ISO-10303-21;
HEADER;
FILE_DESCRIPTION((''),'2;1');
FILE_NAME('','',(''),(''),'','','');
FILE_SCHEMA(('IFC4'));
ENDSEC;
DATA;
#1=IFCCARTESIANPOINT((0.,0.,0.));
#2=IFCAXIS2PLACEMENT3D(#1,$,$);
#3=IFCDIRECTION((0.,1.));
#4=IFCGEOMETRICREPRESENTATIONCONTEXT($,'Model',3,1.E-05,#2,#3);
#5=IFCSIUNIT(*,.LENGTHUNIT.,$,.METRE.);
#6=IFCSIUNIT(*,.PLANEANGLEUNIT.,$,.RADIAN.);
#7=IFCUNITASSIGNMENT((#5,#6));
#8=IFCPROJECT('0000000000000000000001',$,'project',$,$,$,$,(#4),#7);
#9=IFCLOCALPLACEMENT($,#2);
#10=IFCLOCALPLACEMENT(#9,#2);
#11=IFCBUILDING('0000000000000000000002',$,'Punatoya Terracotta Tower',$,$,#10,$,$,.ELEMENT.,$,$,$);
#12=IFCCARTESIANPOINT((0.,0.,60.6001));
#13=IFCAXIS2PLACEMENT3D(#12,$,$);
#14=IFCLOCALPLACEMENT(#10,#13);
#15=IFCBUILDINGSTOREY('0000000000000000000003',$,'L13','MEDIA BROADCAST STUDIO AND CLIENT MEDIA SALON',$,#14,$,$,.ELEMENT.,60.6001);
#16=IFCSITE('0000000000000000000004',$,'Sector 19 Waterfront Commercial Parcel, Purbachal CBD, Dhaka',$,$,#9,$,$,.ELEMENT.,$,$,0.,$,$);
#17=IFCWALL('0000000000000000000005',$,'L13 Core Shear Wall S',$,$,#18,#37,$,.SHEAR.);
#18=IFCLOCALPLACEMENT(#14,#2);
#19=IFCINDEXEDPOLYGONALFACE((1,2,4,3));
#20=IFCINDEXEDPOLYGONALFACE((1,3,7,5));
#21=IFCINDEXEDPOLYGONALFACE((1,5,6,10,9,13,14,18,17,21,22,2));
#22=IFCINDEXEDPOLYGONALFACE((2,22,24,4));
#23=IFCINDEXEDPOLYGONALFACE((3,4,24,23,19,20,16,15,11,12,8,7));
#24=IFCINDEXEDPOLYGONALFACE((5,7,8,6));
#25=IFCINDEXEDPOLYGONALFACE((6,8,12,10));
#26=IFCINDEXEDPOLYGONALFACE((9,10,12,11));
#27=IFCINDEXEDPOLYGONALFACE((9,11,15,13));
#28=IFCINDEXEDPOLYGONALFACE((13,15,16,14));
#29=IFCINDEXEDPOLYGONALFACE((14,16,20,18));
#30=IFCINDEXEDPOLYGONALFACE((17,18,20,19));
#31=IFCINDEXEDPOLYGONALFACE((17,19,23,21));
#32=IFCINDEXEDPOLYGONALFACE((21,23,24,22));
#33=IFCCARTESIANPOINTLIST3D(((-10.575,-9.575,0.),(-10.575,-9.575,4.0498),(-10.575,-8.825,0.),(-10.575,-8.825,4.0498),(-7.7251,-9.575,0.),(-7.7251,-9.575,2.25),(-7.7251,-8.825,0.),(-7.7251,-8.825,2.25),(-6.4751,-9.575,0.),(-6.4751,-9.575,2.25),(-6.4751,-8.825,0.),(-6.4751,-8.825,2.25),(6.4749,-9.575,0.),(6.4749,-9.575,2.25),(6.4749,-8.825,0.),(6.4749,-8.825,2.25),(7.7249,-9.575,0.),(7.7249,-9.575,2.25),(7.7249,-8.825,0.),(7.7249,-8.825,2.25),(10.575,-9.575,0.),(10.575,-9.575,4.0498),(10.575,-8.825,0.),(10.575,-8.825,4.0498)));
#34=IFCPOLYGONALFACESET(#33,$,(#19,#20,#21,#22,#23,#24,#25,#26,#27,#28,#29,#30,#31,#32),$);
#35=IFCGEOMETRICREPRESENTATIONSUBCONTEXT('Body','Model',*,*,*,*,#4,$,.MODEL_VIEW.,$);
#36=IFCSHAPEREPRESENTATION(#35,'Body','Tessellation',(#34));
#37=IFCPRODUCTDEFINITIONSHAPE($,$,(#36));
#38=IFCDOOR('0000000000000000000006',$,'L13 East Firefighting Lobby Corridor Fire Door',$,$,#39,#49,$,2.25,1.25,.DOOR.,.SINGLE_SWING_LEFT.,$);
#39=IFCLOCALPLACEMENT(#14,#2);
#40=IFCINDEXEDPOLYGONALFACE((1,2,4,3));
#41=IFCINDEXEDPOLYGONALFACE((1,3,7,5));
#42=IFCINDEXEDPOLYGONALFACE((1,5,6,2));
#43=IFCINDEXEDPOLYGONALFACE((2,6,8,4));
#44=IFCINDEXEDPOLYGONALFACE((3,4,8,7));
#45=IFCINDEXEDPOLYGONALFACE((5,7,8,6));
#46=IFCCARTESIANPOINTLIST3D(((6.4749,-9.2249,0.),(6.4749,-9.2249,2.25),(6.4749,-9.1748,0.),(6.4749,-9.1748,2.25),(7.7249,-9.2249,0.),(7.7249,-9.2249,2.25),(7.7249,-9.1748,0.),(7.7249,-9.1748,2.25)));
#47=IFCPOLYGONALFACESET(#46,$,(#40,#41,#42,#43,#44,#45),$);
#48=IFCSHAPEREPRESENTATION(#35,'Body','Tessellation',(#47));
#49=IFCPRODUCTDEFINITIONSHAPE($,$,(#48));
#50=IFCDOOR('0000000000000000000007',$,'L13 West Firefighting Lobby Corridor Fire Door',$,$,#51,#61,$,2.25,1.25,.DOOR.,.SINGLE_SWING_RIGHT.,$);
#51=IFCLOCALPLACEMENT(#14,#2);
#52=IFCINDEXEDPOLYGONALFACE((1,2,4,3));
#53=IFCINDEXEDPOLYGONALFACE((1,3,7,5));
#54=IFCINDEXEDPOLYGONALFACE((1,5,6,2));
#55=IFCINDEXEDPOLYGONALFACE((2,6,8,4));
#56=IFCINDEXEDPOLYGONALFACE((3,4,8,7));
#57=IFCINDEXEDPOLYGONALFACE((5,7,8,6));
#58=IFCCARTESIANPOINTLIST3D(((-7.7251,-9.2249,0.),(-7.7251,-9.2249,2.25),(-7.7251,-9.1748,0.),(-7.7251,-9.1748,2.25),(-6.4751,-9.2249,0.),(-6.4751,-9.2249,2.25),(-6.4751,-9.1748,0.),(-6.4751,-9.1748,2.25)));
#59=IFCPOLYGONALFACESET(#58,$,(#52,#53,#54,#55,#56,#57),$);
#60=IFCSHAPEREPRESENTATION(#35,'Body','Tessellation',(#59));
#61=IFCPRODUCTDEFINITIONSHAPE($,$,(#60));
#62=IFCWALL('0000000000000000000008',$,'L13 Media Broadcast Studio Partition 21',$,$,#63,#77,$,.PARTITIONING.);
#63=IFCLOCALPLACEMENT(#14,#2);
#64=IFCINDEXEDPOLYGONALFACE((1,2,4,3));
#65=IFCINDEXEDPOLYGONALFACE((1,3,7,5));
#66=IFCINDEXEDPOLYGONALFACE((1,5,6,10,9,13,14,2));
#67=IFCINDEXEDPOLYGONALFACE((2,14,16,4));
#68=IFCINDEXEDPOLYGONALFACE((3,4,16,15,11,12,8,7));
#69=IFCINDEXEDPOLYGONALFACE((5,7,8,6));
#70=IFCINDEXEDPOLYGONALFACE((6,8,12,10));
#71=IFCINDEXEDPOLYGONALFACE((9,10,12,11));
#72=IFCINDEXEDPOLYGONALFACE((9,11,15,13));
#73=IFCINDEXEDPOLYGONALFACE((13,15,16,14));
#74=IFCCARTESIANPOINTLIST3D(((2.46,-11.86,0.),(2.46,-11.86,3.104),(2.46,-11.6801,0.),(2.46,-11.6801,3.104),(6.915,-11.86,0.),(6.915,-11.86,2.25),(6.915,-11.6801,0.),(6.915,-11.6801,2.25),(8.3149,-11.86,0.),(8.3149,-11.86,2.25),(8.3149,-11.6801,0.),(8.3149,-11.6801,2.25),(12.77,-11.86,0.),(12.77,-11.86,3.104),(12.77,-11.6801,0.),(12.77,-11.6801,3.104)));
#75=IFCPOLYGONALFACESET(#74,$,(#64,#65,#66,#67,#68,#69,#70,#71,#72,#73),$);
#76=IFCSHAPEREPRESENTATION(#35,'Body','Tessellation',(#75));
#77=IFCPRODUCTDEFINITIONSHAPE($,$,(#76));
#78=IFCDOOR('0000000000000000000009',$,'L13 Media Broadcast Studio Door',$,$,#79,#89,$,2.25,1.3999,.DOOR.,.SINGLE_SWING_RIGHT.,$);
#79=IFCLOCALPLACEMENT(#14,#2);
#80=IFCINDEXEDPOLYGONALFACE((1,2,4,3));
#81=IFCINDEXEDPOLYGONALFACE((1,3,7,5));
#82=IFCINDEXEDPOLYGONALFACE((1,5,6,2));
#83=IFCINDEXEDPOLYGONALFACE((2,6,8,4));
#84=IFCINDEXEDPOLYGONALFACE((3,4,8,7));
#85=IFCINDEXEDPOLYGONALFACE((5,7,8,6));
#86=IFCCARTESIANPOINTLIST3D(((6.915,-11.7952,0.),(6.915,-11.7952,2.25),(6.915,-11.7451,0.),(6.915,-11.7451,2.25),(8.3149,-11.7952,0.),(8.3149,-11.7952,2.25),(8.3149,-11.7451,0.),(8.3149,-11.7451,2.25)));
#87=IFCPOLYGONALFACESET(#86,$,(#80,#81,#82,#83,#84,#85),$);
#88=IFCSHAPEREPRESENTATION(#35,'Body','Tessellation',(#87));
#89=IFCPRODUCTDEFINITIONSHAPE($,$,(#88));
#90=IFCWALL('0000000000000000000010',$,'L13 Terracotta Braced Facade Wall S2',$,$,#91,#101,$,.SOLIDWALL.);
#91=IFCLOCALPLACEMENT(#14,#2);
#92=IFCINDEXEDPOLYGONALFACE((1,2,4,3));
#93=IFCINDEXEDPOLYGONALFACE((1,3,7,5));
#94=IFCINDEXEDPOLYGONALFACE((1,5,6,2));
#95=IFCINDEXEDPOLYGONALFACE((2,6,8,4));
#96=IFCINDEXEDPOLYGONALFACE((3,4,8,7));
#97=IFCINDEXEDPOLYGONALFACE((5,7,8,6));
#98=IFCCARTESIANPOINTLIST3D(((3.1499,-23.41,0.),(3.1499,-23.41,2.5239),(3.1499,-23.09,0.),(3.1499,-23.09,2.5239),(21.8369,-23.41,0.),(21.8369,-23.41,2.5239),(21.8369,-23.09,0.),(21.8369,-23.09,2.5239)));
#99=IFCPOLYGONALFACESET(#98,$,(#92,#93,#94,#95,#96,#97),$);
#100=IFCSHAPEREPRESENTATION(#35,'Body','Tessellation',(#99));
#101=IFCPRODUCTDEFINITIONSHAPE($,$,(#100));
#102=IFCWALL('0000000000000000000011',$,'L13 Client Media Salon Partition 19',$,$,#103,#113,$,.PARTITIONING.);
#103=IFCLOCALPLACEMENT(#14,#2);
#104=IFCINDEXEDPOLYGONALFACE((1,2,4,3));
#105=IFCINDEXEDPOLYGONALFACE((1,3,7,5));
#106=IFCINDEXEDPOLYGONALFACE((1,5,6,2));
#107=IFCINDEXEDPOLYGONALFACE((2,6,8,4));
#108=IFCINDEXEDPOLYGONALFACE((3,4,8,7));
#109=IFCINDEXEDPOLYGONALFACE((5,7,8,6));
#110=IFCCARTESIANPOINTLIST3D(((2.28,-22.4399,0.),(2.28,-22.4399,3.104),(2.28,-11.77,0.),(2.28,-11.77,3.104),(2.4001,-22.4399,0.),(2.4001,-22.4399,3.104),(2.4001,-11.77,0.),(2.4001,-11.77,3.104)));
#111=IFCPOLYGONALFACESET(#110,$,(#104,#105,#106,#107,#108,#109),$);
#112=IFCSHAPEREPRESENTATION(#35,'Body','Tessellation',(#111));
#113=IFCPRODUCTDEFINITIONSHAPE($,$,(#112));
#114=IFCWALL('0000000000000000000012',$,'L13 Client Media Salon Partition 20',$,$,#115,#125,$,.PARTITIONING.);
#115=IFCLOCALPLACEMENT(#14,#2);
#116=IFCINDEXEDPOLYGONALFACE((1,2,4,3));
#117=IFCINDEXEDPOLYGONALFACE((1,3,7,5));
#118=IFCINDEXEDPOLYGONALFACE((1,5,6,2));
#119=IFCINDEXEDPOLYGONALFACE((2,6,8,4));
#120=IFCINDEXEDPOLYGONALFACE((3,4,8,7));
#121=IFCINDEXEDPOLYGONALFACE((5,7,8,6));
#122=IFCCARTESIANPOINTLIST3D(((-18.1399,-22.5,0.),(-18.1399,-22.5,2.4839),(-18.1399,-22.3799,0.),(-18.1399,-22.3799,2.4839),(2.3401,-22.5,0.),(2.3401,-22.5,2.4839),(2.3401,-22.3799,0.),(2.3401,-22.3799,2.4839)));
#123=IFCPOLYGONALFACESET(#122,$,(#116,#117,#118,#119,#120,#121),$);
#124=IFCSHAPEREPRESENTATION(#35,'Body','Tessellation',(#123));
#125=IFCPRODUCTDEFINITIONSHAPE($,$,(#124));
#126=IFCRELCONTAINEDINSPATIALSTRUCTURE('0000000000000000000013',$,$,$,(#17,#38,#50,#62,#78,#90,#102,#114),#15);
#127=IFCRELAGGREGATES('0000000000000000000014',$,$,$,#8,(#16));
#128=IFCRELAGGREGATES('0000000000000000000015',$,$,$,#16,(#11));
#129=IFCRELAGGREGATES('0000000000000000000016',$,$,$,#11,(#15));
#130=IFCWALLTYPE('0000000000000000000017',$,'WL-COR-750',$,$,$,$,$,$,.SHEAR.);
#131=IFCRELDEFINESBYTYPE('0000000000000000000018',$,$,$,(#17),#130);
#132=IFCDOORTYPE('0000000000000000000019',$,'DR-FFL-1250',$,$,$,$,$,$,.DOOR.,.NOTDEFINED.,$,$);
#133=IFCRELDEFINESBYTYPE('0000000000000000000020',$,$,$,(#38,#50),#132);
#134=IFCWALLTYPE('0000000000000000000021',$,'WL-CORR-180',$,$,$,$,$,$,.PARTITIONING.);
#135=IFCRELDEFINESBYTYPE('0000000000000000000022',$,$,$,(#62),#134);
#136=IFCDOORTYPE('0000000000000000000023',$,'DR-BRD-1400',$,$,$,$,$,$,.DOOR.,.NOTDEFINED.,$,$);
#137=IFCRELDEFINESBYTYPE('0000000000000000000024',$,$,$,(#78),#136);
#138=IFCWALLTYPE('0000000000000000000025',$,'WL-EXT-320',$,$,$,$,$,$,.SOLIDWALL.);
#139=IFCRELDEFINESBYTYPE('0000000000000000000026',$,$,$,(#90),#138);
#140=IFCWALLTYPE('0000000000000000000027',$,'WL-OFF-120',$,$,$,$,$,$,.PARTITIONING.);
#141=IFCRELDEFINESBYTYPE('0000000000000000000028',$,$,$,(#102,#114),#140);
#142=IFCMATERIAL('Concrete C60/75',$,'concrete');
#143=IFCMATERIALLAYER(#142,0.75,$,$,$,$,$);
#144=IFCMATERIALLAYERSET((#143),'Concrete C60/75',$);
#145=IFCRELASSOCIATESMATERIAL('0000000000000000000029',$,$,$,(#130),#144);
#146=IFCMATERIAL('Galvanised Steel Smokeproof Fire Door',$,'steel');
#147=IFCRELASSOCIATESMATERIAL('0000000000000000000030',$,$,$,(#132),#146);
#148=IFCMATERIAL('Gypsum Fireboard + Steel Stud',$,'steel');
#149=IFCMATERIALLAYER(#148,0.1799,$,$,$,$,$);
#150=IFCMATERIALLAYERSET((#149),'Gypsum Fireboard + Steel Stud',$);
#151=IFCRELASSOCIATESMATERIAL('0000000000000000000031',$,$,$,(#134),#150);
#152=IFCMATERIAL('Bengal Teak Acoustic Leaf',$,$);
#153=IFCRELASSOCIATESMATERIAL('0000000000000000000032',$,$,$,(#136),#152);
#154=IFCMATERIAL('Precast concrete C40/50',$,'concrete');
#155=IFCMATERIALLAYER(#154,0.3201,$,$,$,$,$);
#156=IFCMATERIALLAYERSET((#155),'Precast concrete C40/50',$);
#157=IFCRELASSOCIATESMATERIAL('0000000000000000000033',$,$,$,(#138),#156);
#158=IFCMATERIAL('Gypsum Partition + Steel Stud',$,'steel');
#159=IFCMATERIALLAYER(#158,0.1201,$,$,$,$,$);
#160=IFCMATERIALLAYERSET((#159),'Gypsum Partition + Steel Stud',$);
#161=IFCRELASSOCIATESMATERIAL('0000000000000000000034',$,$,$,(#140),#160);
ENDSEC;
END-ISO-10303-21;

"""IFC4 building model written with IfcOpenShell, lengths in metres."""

from ifc_helpers import new_model, si_unit, direction, frame, frame_2d, origin, place, context, subcontext, project, spatial, rectangle, extrude, material, layer, layer_set, type_object, element, fill, save


model = new_model("IFC4")

# Units and contexts
model_context = context("Model", 3, precision=1e-05, world=origin(), true_north=direction((0.0, 1.0)))
body_context = subcontext(model_context, "Body", "Model", "MODEL_VIEW")
ifc_project = project(units=[si_unit("LENGTHUNIT", "METRE"), si_unit("PLANEANGLEUNIT", "RADIAN")], contexts=[model_context])

# Site, building, storey
site_placement = place(None, origin())
site = spatial("IfcSite", under=ifc_project, at=site_placement, Name="Sector 19 Waterfront Commercial Parcel, Purbachal CBD, Dhaka", CompositionType="ELEMENT", RefElevation=0.0)
building_placement = place(site_placement, origin())
building = spatial("IfcBuilding", under=site, at=building_placement, Name="Punatoya Terracotta Tower", CompositionType="ELEMENT")
storey_placement = place(building_placement, frame((0.0, 0.0, 60.6001)))
storey = spatial("IfcBuildingStorey", under=building, at=storey_placement, Name="L13", Description="MEDIA BROADCAST STUDIO AND CLIENT MEDIA SALON", CompositionType="ELEMENT", Elevation=60.6001)

# Wall, openings, doors
ifc_material_1 = material(Name="Concrete C60/75", Category="concrete")
ifc_layer_1 = layer(ifc_material_1, 0.75)
ifc_layer_set_1 = layer_set([ifc_layer_1], Name="Concrete C60/75")
wall_type_1 = type_object("IfcWallType", Name="WL-COR-750", PredefinedType="SHEAR", material=ifc_layer_set_1)
wall_1_placement = place(storey_placement, frame((10.575, -9.2, 0.0), z_axis=(0.0, 0.0, 1.0), x_axis=(-1.0, 0.0, 0.0)))
wall_1 = element("IfcWall", 1, at=wall_1_placement, inside=storey, type_object=wall_type_1, Name="L13 Core Shear Wall S", PredefinedType="SHEAR", context=body_context, shape_type="SweptSolid", body=[
    extrude(rectangle(XDim=21.1499, YDim=0.75, at=frame_2d((10.575, 0.0))), origin(), (0.0, 0.0, 1.0), 4.0498),
])
opening_1_placement = place(wall_1_placement, frame((2.8501, 0.0, 0.0)))
opening_1 = element("IfcOpeningElement", 2, at=opening_1_placement, cuts=wall_1, PredefinedType="OPENING", context=body_context, shape_type="SweptSolid", body=[
    extrude(rectangle(XDim=1.25, YDim=2.25, at=frame_2d((0.625, 1.125))), frame((0.0, 0.385, 0.0), z_axis=(0.0, -1.0, 0.0), x_axis=(1.0, 0.0, 0.0)), (0.0, 0.0, 1.0), 0.77),
])
opening_2_placement = place(wall_1_placement, frame((17.05, 0.0, 0.0)))
opening_2 = element("IfcOpeningElement", 3, at=opening_2_placement, cuts=wall_1, PredefinedType="OPENING", context=body_context, shape_type="SweptSolid", body=[
    extrude(rectangle(XDim=1.25, YDim=2.25, at=frame_2d((0.625, 1.125))), frame((0.0, 0.385, 0.0), z_axis=(0.0, -1.0, 0.0), x_axis=(1.0, 0.0, 0.0)), (0.0, 0.0, 1.0), 0.77),
])
ifc_material_2 = material(Name="Galvanised Steel Smokeproof Fire Door", Category="steel")
door_type_1 = type_object("IfcDoorType", Name="DR-FFL-1250", OperationType="NOTDEFINED", PredefinedType="DOOR", material=ifc_material_2)
door_1_placement = place(opening_1_placement, origin())
door_1 = element("IfcDoor", 4, at=door_1_placement, inside=storey, type_object=door_type_1, Name="L13 East Firefighting Lobby Corridor Fire Door", OperationType="SINGLE_SWING_LEFT", OverallHeight=2.25, OverallWidth=1.25, PredefinedType="DOOR", context=body_context, shape_type="SweptSolid", body=[
    extrude(rectangle(XDim=1.25, YDim=2.25, at=frame_2d((0.625, 1.125))), frame((0.0, 0.0249, 0.0), z_axis=(0.0, -1.0, 0.0), x_axis=(1.0, 0.0, 0.0)), (0.0, 0.0, 1.0), 0.05),
])
fill(opening_1, door_1)
door_2_placement = place(opening_2_placement, origin())
door_2 = element("IfcDoor", 5, at=door_2_placement, inside=storey, type_object=door_type_1, Name="L13 West Firefighting Lobby Corridor Fire Door", OperationType="SINGLE_SWING_RIGHT", OverallHeight=2.25, OverallWidth=1.25, PredefinedType="DOOR", context=body_context, shape_type="SweptSolid", body=[
    extrude(rectangle(XDim=1.25, YDim=2.25, at=frame_2d((0.625, 1.125))), frame((0.0, 0.0249, 0.0), z_axis=(0.0, -1.0, 0.0), x_axis=(1.0, 0.0, 0.0)), (0.0, 0.0, 1.0), 0.05),
])
fill(opening_2, door_2)

# Wall, opening, door
ifc_material_3 = material(Name="Gypsum Fireboard + Steel Stud", Category="steel")
ifc_layer_2 = layer(ifc_material_3, 0.1799)
ifc_layer_set_2 = layer_set([ifc_layer_2], Name="Gypsum Fireboard + Steel Stud")
wall_type_2 = type_object("IfcWallType", Name="WL-CORR-180", PredefinedType="PARTITIONING", material=ifc_layer_set_2)
wall_2_placement = place(storey_placement, frame((2.46, -11.77, 0.0), z_axis=(0.0, 0.0, 1.0), x_axis=(1.0, 0.0, 0.0)))
wall_2 = element("IfcWall", 6, at=wall_2_placement, inside=storey, type_object=wall_type_2, Name="L13 Media Broadcast Studio Partition 21", PredefinedType="PARTITIONING", context=body_context, shape_type="SweptSolid", body=[
    extrude(rectangle(XDim=10.3101, YDim=0.1799, at=frame_2d((5.155, 0.0))), origin(), (0.0, 0.0, 1.0), 3.104),
])
opening_3_placement = place(wall_2_placement, frame((4.4551, 0.0, 0.0)))
opening_3 = element("IfcOpeningElement", 7, at=opening_3_placement, cuts=wall_2, PredefinedType="OPENING", context=body_context, shape_type="SweptSolid", body=[
    extrude(rectangle(XDim=1.3999, YDim=2.25, at=frame_2d((0.7, 1.125))), frame((0.0, 0.0999, 0.0), z_axis=(0.0, -1.0, 0.0), x_axis=(1.0, 0.0, 0.0)), (0.0, 0.0, 1.0), 0.2),
])
ifc_material_4 = material(Name="Bengal Teak Acoustic Leaf")
door_type_2 = type_object("IfcDoorType", Name="DR-BRD-1400", OperationType="NOTDEFINED", PredefinedType="DOOR", material=ifc_material_4)
door_3_placement = place(opening_3_placement, origin())
door_3 = element("IfcDoor", 8, at=door_3_placement, inside=storey, type_object=door_type_2, Name="L13 Media Broadcast Studio Door", OperationType="SINGLE_SWING_RIGHT", OverallHeight=2.25, OverallWidth=1.3999, PredefinedType="DOOR", context=body_context, shape_type="SweptSolid", body=[
    extrude(rectangle(XDim=1.3999, YDim=2.25, at=frame_2d((0.7, 1.125))), frame((0.0, 0.0249, 0.0), z_axis=(0.0, -1.0, 0.0), x_axis=(1.0, 0.0, 0.0)), (0.0, 0.0, 1.0), 0.05),
])
fill(opening_3, door_3)

# Walls
ifc_material_5 = material(Name="Precast concrete C40/50", Category="concrete")
ifc_layer_3 = layer(ifc_material_5, 0.3201)
ifc_layer_set_3 = layer_set([ifc_layer_3], Name="Precast concrete C40/50")
wall_type_3 = type_object("IfcWallType", Name="WL-EXT-320", PredefinedType="SOLIDWALL", material=ifc_layer_set_3)
wall_3_placement = place(storey_placement, frame((3.1499, -23.25, 0.0), z_axis=(0.0, 0.0, 1.0), x_axis=(1.0, 0.0, 0.0)))
element("IfcWall", 9, at=wall_3_placement, inside=storey, type_object=wall_type_3, Name="L13 Terracotta Braced Facade Wall S2", PredefinedType="SOLIDWALL", context=body_context, shape_type="SweptSolid", body=[
    extrude(rectangle(XDim=18.687, YDim=0.3201, at=frame_2d((9.3435, 0.0))), origin(), (0.0, 0.0, 1.0), 2.5239),
])
ifc_material_6 = material(Name="Gypsum Partition + Steel Stud", Category="steel")
ifc_layer_4 = layer(ifc_material_6, 0.1201)
ifc_layer_set_4 = layer_set([ifc_layer_4], Name="Gypsum Partition + Steel Stud")
wall_type_4 = type_object("IfcWallType", Name="WL-OFF-120", PredefinedType="PARTITIONING", material=ifc_layer_set_4)
wall_4_placement = place(storey_placement, frame((2.3401, -11.77, 0.0), z_axis=(0.0, 0.0, 1.0), x_axis=(0.0, -1.0, 0.0)))
element("IfcWall", 10, at=wall_4_placement, inside=storey, type_object=wall_type_4, Name="L13 Client Media Salon Partition 19", PredefinedType="PARTITIONING", context=body_context, shape_type="SweptSolid", body=[
    extrude(rectangle(XDim=10.6699, YDim=0.1201, at=frame_2d((5.335, 0.0))), origin(), (0.0, 0.0, 1.0), 3.104),
])
wall_5_placement = place(storey_placement, frame((2.3401, -22.4399, 0.0), z_axis=(0.0, 0.0, 1.0), x_axis=(-1.0, 0.0, 0.0)))
element("IfcWall", 11, at=wall_5_placement, inside=storey, type_object=wall_type_4, Name="L13 Client Media Salon Partition 20", PredefinedType="PARTITIONING", context=body_context, shape_type="SweptSolid", body=[
    extrude(rectangle(XDim=20.48, YDim=0.1201, at=frame_2d((10.24, 0.0))), origin(), (0.0, 0.0, 1.0), 2.4839),
])

save(model, "model.ifc")
